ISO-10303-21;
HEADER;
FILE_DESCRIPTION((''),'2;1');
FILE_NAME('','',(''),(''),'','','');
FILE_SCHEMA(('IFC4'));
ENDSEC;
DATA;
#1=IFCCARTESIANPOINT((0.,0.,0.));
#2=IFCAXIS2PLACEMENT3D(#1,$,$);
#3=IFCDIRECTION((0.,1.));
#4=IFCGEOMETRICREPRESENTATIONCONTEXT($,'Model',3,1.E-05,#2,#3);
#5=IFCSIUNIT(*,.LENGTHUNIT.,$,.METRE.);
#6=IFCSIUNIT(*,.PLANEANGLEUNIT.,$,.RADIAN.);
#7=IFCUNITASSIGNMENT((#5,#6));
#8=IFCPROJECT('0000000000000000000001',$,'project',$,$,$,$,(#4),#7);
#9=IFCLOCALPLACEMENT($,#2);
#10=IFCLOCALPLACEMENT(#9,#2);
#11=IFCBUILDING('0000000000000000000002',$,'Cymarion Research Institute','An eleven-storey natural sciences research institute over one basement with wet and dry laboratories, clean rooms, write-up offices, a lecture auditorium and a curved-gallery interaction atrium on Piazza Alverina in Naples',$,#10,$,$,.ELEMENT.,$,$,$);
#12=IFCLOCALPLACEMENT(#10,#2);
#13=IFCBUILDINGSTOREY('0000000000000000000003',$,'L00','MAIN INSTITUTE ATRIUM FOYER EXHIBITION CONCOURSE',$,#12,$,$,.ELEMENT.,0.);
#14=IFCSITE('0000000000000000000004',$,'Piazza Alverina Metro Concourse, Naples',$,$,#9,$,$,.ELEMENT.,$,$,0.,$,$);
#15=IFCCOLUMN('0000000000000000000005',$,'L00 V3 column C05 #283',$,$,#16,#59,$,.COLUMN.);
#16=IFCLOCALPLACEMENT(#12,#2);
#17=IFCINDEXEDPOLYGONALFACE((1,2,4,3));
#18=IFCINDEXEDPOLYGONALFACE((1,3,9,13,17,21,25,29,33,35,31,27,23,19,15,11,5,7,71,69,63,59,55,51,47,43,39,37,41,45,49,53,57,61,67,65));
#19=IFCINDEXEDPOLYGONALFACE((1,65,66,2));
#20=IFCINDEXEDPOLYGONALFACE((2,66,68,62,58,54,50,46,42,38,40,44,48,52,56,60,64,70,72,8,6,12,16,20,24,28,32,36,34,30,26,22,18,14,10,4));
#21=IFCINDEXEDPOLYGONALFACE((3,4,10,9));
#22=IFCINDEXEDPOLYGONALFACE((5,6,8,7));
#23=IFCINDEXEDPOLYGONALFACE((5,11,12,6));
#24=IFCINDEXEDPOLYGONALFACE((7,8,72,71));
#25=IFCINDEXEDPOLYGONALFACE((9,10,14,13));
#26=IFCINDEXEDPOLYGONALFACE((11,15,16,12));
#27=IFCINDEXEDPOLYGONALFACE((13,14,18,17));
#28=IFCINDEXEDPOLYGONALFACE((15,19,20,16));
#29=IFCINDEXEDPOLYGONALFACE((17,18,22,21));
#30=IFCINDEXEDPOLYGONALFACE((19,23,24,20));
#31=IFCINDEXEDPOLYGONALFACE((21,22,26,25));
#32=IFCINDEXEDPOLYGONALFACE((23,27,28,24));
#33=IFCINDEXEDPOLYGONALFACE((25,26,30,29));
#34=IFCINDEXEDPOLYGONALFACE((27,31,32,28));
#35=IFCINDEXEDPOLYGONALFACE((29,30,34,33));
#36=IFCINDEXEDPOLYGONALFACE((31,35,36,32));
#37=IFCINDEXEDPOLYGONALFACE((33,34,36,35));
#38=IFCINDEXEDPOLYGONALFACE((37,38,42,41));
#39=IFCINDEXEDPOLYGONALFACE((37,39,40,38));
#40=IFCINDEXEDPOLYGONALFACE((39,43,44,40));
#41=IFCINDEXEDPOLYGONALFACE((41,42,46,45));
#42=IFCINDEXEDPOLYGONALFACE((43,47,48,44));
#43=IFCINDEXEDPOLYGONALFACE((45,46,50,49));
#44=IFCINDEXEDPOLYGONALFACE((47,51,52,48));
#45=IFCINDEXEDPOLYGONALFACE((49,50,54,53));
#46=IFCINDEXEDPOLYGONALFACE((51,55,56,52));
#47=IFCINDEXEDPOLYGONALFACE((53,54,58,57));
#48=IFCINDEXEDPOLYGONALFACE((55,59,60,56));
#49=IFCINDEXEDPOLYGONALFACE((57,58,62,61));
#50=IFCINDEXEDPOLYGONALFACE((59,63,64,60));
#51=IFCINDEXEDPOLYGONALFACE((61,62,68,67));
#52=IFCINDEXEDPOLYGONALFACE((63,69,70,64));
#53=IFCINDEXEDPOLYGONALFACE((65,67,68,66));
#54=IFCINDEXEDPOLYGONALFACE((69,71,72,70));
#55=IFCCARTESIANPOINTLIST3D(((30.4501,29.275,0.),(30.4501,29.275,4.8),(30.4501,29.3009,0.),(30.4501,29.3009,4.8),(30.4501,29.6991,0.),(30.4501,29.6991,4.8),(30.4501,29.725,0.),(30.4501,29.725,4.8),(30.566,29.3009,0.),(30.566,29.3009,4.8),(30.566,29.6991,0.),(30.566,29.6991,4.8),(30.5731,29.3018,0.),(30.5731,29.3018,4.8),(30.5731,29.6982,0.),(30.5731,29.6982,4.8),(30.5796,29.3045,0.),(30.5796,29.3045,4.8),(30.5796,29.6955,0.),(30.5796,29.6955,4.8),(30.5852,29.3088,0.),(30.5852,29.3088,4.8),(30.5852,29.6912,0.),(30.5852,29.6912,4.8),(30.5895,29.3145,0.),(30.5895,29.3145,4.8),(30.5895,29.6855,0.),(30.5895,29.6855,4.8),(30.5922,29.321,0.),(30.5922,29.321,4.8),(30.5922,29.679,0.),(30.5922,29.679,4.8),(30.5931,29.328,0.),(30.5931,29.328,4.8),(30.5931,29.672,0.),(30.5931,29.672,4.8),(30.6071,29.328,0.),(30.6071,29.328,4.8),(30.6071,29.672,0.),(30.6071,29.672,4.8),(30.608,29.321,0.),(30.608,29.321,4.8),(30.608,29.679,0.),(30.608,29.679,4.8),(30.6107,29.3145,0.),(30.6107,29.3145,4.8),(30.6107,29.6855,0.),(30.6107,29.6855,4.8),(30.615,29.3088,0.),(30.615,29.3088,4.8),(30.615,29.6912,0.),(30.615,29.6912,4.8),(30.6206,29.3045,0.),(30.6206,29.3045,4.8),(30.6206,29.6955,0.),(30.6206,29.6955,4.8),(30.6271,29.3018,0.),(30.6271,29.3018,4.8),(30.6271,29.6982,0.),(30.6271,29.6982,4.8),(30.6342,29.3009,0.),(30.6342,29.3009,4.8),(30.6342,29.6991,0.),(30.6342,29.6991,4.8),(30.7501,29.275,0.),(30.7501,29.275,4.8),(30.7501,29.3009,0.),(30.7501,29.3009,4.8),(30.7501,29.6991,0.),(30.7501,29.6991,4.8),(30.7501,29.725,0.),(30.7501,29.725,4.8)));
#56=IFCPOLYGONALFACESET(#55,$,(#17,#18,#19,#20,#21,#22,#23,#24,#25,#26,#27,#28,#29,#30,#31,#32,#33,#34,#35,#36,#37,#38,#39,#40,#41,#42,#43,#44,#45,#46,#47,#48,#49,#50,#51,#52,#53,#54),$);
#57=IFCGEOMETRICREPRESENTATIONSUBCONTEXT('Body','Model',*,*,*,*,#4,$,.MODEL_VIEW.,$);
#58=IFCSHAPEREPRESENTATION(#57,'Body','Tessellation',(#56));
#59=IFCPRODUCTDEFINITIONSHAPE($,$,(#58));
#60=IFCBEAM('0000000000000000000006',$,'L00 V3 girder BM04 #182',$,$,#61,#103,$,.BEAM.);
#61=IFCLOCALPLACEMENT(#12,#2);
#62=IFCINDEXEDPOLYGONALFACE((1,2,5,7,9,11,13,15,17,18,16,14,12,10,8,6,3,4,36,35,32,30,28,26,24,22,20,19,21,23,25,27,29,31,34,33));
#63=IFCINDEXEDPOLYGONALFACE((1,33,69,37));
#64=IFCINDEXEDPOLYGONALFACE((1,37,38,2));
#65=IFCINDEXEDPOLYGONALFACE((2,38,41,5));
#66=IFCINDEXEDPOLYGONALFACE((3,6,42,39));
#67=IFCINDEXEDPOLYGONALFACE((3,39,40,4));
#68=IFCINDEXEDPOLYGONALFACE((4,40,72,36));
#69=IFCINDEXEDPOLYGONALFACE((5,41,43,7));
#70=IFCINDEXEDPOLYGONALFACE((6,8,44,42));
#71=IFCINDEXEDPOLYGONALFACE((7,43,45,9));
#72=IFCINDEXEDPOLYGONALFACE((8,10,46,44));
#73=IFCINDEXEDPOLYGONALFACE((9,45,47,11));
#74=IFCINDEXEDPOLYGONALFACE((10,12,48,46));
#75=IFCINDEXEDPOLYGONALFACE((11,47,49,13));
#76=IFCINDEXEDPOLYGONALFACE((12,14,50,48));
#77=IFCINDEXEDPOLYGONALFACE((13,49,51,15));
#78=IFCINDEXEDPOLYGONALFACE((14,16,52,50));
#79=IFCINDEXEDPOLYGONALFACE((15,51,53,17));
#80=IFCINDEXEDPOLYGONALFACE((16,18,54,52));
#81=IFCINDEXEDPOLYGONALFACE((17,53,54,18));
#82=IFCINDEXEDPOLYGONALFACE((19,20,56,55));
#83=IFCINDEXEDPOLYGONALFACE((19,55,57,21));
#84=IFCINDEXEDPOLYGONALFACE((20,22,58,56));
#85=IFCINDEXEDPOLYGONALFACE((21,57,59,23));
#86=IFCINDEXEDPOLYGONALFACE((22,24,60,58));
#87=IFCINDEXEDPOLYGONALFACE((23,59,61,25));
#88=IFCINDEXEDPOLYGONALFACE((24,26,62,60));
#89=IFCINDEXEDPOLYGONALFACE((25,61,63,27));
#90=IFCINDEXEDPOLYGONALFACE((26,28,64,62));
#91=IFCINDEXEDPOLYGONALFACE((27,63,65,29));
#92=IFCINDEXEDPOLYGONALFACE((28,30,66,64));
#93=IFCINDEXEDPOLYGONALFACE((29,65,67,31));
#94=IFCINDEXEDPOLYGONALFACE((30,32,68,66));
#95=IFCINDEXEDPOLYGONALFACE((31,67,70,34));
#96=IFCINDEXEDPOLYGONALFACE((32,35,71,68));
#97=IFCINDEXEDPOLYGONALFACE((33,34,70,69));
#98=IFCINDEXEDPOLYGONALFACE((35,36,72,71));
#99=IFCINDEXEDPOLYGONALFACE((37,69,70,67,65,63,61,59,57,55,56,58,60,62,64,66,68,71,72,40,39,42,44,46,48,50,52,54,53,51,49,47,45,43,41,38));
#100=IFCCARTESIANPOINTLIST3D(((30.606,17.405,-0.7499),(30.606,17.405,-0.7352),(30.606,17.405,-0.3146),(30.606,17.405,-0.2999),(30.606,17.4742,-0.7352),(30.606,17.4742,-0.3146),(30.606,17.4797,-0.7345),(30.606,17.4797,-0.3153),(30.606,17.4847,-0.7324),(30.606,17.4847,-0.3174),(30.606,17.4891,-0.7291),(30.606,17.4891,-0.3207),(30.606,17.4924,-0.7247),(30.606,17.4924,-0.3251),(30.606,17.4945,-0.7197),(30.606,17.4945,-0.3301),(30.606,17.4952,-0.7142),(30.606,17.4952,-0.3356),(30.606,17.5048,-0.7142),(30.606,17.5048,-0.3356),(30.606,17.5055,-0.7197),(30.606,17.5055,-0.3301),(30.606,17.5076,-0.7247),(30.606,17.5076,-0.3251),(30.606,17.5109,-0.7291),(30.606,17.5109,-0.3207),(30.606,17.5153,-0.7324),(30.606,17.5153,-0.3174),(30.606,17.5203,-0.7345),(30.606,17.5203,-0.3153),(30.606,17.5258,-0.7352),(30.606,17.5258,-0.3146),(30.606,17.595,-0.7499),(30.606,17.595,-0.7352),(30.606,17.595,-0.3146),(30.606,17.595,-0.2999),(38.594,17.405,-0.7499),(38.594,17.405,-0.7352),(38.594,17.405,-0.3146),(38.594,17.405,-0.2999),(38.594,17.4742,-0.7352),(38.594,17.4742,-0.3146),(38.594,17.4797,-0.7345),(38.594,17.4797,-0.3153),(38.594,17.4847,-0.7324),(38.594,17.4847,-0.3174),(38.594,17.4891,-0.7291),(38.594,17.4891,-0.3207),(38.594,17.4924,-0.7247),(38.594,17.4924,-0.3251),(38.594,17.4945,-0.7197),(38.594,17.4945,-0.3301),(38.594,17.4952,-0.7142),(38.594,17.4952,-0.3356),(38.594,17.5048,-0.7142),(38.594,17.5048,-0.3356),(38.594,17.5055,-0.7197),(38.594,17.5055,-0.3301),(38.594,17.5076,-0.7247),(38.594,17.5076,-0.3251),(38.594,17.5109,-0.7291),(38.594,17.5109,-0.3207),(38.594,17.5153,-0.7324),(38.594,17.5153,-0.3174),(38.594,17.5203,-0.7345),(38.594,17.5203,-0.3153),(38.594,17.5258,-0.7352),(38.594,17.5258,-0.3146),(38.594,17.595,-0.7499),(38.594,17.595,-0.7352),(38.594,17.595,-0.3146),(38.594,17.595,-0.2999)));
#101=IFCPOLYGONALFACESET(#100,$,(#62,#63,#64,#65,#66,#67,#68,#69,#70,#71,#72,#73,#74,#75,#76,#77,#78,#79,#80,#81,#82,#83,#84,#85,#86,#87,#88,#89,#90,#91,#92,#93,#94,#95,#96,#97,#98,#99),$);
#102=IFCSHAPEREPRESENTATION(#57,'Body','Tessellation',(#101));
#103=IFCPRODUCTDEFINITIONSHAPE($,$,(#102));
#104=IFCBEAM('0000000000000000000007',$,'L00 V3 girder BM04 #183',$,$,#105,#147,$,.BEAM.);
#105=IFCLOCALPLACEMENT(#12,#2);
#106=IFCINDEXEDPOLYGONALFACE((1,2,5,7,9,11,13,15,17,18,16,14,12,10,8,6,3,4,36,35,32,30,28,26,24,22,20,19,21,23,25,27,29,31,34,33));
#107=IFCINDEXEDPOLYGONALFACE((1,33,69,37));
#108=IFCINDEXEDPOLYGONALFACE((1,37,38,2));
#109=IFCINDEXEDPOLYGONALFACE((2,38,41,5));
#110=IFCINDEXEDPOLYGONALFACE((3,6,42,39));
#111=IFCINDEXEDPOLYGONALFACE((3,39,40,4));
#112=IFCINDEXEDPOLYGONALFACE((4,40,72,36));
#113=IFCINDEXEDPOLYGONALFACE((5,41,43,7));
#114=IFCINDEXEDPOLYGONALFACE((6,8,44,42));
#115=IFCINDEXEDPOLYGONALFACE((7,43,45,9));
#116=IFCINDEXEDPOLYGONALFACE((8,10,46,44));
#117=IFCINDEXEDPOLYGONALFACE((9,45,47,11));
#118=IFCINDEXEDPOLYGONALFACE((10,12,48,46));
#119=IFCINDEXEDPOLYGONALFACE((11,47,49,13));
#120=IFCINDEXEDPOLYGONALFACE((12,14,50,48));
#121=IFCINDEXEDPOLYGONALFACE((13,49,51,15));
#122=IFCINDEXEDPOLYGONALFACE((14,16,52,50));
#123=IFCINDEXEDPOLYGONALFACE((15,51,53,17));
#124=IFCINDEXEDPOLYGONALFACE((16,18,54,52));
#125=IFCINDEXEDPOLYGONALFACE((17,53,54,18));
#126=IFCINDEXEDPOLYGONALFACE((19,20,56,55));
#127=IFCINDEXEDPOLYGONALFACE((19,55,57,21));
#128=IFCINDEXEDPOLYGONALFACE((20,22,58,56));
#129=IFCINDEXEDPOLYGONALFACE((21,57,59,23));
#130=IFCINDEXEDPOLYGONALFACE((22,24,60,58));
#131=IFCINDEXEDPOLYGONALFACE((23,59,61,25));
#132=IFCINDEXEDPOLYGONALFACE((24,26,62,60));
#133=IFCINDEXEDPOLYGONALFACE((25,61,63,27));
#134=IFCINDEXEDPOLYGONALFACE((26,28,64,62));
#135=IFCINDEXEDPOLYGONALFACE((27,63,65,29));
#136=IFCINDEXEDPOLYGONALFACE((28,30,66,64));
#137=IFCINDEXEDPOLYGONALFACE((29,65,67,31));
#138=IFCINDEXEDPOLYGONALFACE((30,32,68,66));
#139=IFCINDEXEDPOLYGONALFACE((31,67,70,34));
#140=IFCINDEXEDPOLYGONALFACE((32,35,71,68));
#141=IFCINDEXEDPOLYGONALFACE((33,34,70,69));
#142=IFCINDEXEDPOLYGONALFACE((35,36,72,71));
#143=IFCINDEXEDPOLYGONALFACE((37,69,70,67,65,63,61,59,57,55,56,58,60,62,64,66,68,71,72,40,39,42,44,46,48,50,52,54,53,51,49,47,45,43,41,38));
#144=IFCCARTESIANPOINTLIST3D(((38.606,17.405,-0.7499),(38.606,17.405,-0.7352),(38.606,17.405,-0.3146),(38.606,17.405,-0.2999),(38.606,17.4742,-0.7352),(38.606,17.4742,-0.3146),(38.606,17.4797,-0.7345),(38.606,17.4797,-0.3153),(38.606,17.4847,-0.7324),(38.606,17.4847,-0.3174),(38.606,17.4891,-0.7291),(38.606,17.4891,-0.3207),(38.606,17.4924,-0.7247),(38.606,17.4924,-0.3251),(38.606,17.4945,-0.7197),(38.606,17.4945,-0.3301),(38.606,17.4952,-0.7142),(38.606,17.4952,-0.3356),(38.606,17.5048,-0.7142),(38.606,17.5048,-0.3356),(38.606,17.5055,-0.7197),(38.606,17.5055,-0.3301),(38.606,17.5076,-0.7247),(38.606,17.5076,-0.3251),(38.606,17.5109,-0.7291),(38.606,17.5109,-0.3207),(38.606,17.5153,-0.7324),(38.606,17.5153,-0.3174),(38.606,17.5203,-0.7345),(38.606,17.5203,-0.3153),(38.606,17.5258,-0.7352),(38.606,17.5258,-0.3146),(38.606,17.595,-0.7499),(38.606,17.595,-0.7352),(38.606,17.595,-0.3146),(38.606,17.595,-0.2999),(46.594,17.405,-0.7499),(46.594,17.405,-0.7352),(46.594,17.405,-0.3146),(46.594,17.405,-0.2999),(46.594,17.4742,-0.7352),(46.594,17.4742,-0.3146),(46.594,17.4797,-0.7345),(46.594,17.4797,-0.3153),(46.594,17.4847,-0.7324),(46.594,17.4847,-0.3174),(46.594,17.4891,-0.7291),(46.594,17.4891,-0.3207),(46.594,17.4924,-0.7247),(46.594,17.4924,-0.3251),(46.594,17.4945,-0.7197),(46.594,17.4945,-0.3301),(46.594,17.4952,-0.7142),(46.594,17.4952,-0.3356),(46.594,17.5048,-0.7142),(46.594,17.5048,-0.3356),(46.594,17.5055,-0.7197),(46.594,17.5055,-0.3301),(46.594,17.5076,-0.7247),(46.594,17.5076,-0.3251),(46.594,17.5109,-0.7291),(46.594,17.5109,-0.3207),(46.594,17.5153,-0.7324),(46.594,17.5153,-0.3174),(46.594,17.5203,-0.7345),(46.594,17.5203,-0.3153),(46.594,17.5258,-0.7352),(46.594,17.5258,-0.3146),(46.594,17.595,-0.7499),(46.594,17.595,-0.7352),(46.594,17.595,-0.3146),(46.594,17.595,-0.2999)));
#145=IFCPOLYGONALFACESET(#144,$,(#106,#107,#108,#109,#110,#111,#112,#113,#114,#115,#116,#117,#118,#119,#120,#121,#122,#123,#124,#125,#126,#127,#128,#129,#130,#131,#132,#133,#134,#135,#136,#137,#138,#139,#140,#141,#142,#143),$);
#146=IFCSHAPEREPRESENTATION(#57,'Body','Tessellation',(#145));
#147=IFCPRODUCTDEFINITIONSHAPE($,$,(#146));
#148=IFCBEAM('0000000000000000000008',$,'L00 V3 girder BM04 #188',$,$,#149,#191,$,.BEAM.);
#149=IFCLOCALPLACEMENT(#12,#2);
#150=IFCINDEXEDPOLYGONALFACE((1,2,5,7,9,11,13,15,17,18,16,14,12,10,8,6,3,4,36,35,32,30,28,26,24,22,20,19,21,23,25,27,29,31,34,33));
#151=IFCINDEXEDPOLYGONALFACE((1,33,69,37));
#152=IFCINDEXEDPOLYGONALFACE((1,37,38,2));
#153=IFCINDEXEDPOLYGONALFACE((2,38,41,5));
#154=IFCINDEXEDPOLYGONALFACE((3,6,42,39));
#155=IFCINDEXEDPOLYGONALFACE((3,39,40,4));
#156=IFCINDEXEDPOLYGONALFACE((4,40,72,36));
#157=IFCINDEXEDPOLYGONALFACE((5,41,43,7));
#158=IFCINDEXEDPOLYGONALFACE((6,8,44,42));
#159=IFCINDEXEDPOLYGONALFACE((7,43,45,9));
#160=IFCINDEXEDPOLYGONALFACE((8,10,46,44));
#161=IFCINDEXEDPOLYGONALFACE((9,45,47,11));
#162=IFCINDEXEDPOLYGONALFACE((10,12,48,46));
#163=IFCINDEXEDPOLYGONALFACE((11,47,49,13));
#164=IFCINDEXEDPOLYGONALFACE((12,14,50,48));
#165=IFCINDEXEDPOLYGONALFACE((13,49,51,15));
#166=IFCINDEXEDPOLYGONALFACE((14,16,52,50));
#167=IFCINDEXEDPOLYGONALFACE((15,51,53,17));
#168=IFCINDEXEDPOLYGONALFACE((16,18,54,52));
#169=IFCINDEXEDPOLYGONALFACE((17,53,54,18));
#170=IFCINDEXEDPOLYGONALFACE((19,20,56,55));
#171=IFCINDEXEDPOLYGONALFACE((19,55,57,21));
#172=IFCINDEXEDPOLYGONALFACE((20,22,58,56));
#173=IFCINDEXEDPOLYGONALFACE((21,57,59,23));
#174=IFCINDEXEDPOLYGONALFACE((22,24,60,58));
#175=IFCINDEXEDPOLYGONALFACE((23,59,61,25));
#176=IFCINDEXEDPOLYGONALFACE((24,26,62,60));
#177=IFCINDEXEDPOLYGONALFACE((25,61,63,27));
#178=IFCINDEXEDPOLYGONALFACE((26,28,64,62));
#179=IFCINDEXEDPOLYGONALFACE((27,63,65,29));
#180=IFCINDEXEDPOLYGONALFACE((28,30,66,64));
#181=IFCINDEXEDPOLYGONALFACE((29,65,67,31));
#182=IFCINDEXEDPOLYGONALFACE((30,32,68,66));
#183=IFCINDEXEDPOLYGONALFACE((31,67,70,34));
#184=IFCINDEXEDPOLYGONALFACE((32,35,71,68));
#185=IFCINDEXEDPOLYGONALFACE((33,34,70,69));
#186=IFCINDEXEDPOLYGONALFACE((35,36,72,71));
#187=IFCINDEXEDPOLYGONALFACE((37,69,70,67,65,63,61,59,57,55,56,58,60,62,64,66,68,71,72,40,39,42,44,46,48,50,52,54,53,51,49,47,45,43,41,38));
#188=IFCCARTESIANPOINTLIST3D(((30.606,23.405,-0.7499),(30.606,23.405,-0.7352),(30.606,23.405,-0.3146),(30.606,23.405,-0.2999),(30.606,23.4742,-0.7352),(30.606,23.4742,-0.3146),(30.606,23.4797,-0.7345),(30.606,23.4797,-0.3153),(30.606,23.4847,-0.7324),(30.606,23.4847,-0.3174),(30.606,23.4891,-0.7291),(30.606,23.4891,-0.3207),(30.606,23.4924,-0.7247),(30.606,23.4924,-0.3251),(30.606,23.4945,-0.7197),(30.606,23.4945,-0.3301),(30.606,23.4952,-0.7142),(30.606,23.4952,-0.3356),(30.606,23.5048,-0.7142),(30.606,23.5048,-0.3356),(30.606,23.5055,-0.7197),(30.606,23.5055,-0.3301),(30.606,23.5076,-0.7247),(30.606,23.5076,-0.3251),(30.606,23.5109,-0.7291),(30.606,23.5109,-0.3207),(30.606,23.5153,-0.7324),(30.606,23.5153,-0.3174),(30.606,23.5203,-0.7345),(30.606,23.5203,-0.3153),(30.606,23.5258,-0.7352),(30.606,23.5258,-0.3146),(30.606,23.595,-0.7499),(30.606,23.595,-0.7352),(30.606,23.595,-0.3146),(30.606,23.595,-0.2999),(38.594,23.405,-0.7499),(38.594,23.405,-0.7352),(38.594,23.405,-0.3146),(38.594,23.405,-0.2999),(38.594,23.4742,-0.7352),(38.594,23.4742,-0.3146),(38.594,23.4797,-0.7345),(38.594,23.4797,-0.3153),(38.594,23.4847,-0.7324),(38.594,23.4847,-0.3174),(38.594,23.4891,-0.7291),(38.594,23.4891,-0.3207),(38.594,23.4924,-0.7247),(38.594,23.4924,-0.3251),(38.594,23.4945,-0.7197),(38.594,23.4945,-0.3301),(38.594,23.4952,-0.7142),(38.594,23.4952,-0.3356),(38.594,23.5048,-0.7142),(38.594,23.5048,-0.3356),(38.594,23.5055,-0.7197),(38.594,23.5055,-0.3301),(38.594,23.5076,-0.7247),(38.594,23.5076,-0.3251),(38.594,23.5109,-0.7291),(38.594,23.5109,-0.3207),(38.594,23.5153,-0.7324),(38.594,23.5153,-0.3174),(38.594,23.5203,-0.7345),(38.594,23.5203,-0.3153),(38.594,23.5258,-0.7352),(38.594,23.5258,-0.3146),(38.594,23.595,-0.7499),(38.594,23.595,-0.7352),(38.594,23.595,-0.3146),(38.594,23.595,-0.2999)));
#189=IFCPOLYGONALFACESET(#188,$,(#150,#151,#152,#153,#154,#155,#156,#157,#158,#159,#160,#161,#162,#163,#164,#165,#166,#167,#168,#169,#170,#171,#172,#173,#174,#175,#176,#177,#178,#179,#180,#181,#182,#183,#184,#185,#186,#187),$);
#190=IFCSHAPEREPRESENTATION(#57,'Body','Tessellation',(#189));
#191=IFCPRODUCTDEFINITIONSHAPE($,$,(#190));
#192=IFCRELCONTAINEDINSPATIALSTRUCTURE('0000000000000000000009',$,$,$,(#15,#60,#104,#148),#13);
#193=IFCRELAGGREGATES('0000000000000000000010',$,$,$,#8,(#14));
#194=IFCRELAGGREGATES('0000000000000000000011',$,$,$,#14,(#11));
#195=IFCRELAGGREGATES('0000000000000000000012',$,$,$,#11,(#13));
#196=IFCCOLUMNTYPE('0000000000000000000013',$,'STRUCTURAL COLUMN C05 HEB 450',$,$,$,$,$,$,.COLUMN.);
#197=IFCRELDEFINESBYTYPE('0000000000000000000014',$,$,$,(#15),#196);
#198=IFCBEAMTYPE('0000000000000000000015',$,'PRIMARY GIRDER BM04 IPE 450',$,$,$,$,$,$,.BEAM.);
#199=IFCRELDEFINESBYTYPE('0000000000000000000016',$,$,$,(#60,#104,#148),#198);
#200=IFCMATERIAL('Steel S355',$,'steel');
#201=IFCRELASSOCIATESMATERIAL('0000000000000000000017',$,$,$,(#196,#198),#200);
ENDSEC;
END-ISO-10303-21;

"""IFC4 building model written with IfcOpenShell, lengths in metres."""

from ifc_helpers import new_model, si_unit, direction, frame, origin, origin_2d, place, context, subcontext, project, spatial, i_section, extrude, material, material_profile, profile_set, type_object, element, save


model = new_model("IFC4")

# Units and contexts
model_context = context("Model", 3, precision=1e-05, world=origin(), true_north=direction((0.0, 1.0)))
body_context = subcontext(model_context, "Body", "Model", "MODEL_VIEW")
ifc_project = project(units=[si_unit("LENGTHUNIT", "METRE"), si_unit("PLANEANGLEUNIT", "RADIAN")], contexts=[model_context])

# Site, building, storey
site_placement = place(None, origin())
site = spatial("IfcSite", under=ifc_project, at=site_placement, Name="Piazza Alverina Metro Concourse, Naples", CompositionType="ELEMENT", RefElevation=0.0)
building_placement = place(site_placement, origin())
building = spatial("IfcBuilding", under=site, at=building_placement, Name="Cymarion Research Institute", Description="An eleven-storey natural sciences research institute over one basement with wet and dry laboratories, clean rooms, write-up offices, a lecture auditorium and a curved-gallery interaction atrium on Piazza Alverina in Naples", CompositionType="ELEMENT")
storey_placement = place(building_placement, origin())
storey = spatial("IfcBuildingStorey", under=building, at=storey_placement, Name="L00", Description="MAIN INSTITUTE ATRIUM FOYER EXHIBITION CONCOURSE", CompositionType="ELEMENT", Elevation=0.0)

# Column
ifc_material_1 = material(Name="Steel S355", Category="steel")
ifc_material_profile_1 = material_profile(ifc_material_1, i_section(OverallWidth=0.3, OverallDepth=0.45, WebThickness=0.0139, FlangeThickness=0.0259, FilletRadius=0.0271, at=origin_2d()), Name="HEB 450")
ifc_profile_set_1 = profile_set([ifc_material_profile_1], Name="Steel S355")
column_type_1 = type_object("IfcColumnType", Name="STRUCTURAL COLUMN C05 HEB 450", PredefinedType="COLUMN", material=ifc_profile_set_1)
for number, where, z_axis, x_axis, name in (
    (1, (30.6001, 29.5, 0.0), (0.0, 0.0, 1.0), (1.0, 0.0, 0.0), "L00 V3 column C05 #283"),
):
    element("IfcColumn", number, at=place(storey_placement, frame(where, z_axis=z_axis, x_axis=x_axis)), inside=storey, type_object=column_type_1, Name=name, PredefinedType="COLUMN", context=body_context, shape_type="SweptSolid", body=[
        extrude(i_section(OverallWidth=0.3, OverallDepth=0.45, WebThickness=0.0139, FlangeThickness=0.0259, FilletRadius=0.0271, at=origin_2d()), origin(), (0.0, 0.0, 1.0), 4.8),
    ])

# Beams
ifc_material_profile_2 = material_profile(ifc_material_1, i_section(OverallWidth=0.1899, OverallDepth=0.45, WebThickness=0.0095, FlangeThickness=0.0146, FilletRadius=0.021, at=origin_2d()), Name="IPE 450")
ifc_profile_set_2 = profile_set([ifc_material_profile_2], Name="Steel S355")
beam_type_1 = type_object("IfcBeamType", Name="PRIMARY GIRDER BM04 IPE 450", PredefinedType="BEAM", material=ifc_profile_set_2)
for number, where, z_axis, x_axis, name in (
    (2, (30.606, 17.5, -0.5249), (1.0, 0.0, 0.0), (0.0, 1.0, 0.0), "L00 V3 girder BM04 #182"),
    (3, (38.606, 17.5, -0.5249), (1.0, 0.0, 0.0), (0.0, 1.0, 0.0), "L00 V3 girder BM04 #183"),
    (4, (30.606, 23.5, -0.5249), (1.0, 0.0, 0.0), (0.0, 1.0, 0.0), "L00 V3 girder BM04 #188"),
):
    element("IfcBeam", number, at=place(storey_placement, frame(where, z_axis=z_axis, x_axis=x_axis)), inside=storey, type_object=beam_type_1, Name=name, PredefinedType="BEAM", context=body_context, shape_type="SweptSolid", body=[
        extrude(i_section(OverallWidth=0.1899, OverallDepth=0.45, WebThickness=0.0095, FlangeThickness=0.0146, FilletRadius=0.021, at=origin_2d()), origin(), (0.0, 0.0, 1.0), 7.988),
    ])

save(model, "model.ifc")
